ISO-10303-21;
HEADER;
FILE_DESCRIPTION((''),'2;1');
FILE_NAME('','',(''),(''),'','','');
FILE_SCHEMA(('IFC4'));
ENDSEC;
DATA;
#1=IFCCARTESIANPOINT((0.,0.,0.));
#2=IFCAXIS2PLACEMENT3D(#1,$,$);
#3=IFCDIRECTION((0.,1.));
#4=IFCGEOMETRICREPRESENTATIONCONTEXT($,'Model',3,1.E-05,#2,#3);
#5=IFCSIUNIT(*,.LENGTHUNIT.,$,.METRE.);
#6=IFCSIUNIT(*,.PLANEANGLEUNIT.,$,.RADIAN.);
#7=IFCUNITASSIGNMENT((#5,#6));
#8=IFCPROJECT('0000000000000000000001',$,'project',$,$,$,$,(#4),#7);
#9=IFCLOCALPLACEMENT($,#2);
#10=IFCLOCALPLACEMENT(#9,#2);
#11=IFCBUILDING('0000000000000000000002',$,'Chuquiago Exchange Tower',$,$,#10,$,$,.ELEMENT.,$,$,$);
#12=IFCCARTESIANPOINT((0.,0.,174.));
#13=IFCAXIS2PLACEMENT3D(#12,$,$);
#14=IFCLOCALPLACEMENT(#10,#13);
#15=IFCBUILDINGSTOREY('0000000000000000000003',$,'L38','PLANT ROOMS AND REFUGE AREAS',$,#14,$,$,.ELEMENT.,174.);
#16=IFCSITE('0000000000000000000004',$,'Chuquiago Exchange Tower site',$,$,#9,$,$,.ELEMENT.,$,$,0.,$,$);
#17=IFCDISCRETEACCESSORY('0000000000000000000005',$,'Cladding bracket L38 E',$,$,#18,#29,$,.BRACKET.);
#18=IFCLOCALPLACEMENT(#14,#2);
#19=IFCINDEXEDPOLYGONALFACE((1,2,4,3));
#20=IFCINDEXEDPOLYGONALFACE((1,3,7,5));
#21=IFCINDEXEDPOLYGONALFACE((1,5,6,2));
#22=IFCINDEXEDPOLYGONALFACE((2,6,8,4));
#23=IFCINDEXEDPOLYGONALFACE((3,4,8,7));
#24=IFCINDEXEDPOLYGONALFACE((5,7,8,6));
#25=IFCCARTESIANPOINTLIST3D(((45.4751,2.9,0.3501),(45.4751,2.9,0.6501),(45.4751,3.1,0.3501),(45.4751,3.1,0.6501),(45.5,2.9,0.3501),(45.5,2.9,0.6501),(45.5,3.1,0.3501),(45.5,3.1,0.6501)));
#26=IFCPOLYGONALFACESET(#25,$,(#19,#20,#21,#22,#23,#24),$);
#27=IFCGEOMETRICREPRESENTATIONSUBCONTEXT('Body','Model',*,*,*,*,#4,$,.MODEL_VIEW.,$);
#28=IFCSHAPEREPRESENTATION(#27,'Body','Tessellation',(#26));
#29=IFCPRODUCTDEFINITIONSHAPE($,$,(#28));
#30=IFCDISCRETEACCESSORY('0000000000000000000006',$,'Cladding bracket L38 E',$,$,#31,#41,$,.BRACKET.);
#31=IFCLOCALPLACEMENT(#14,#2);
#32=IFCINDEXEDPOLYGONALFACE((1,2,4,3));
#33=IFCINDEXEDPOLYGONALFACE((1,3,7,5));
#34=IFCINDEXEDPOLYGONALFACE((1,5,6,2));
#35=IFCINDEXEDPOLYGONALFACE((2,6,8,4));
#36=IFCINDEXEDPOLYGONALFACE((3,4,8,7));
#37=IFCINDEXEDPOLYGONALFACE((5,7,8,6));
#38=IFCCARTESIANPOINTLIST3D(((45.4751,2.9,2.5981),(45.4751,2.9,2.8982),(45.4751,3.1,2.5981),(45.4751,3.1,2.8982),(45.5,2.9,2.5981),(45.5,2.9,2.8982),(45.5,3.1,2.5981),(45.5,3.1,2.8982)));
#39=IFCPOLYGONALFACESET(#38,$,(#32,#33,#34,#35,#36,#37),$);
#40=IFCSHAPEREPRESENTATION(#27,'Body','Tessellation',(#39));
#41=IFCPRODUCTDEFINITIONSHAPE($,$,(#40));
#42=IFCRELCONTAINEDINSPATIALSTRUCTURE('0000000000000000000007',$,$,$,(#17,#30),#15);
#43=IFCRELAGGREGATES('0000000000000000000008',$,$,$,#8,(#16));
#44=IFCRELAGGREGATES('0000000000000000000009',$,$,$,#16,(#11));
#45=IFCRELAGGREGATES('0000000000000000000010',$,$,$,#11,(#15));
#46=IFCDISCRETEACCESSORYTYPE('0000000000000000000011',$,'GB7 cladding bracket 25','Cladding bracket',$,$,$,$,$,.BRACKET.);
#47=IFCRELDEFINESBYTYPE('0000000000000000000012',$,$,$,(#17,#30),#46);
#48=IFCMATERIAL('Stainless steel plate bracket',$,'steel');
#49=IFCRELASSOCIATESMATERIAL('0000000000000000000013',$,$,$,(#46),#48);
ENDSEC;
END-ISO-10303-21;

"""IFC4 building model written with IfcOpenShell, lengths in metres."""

from ifc_helpers import new_model, si_unit, direction, frame, origin, origin_2d, place, context, subcontext, project, spatial, rectangle, extrude, material, type_object, element, save


model = new_model("IFC4")

# Units and contexts
model_context = context("Model", 3, precision=1e-05, world=origin(), true_north=direction((0.0, 1.0)))
body_context = subcontext(model_context, "Body", "Model", "MODEL_VIEW")
ifc_project = project(units=[si_unit("LENGTHUNIT", "METRE"), si_unit("PLANEANGLEUNIT", "RADIAN")], contexts=[model_context])

# Site, building, storey
site_placement = place(None, origin())
site = spatial("IfcSite", under=ifc_project, at=site_placement, Name="Chuquiago Exchange Tower site", CompositionType="ELEMENT", RefElevation=0.0)
building_placement = place(site_placement, origin())
building = spatial("IfcBuilding", under=site, at=building_placement, Name="Chuquiago Exchange Tower", CompositionType="ELEMENT")
storey_placement = place(building_placement, frame((0.0, 0.0, 174.0)))
storey = spatial("IfcBuildingStorey", under=building, at=storey_placement, Name="L38", Description="PLANT ROOMS AND REFUGE AREAS", CompositionType="ELEMENT", Elevation=174.0)

# Discrete accessories
ifc_material_1 = material(Name="Stainless steel plate bracket", Category="steel")
discrete_accessory_type_1 = type_object("IfcDiscreteAccessoryType", Name="GB7 cladding bracket 25", Description="Cladding bracket", PredefinedType="BRACKET", material=ifc_material_1)
for number, where, z_axis, x_axis, name in (
    (1, (45.4875, 3.0, 0.3501), (0.0, 0.0, 1.0), (0.0, 1.0, 0.0), "Cladding bracket L38 E"),
    (2, (45.4875, 3.0, 2.5981), (0.0, 0.0, 1.0), (0.0, 1.0, 0.0), "Cladding bracket L38 E"),
):
    element("IfcDiscreteAccessory", number, at=place(storey_placement, frame(where, z_axis=z_axis, x_axis=x_axis)), inside=storey, type_object=discrete_accessory_type_1, Name=name, PredefinedType="BRACKET", context=body_context, shape_type="SweptSolid", body=[
        extrude(rectangle(XDim=0.2, YDim=0.0249, at=origin_2d()), origin(), (0.0, 0.0, 1.0), 0.3),
    ])

save(model, "model.ifc")
